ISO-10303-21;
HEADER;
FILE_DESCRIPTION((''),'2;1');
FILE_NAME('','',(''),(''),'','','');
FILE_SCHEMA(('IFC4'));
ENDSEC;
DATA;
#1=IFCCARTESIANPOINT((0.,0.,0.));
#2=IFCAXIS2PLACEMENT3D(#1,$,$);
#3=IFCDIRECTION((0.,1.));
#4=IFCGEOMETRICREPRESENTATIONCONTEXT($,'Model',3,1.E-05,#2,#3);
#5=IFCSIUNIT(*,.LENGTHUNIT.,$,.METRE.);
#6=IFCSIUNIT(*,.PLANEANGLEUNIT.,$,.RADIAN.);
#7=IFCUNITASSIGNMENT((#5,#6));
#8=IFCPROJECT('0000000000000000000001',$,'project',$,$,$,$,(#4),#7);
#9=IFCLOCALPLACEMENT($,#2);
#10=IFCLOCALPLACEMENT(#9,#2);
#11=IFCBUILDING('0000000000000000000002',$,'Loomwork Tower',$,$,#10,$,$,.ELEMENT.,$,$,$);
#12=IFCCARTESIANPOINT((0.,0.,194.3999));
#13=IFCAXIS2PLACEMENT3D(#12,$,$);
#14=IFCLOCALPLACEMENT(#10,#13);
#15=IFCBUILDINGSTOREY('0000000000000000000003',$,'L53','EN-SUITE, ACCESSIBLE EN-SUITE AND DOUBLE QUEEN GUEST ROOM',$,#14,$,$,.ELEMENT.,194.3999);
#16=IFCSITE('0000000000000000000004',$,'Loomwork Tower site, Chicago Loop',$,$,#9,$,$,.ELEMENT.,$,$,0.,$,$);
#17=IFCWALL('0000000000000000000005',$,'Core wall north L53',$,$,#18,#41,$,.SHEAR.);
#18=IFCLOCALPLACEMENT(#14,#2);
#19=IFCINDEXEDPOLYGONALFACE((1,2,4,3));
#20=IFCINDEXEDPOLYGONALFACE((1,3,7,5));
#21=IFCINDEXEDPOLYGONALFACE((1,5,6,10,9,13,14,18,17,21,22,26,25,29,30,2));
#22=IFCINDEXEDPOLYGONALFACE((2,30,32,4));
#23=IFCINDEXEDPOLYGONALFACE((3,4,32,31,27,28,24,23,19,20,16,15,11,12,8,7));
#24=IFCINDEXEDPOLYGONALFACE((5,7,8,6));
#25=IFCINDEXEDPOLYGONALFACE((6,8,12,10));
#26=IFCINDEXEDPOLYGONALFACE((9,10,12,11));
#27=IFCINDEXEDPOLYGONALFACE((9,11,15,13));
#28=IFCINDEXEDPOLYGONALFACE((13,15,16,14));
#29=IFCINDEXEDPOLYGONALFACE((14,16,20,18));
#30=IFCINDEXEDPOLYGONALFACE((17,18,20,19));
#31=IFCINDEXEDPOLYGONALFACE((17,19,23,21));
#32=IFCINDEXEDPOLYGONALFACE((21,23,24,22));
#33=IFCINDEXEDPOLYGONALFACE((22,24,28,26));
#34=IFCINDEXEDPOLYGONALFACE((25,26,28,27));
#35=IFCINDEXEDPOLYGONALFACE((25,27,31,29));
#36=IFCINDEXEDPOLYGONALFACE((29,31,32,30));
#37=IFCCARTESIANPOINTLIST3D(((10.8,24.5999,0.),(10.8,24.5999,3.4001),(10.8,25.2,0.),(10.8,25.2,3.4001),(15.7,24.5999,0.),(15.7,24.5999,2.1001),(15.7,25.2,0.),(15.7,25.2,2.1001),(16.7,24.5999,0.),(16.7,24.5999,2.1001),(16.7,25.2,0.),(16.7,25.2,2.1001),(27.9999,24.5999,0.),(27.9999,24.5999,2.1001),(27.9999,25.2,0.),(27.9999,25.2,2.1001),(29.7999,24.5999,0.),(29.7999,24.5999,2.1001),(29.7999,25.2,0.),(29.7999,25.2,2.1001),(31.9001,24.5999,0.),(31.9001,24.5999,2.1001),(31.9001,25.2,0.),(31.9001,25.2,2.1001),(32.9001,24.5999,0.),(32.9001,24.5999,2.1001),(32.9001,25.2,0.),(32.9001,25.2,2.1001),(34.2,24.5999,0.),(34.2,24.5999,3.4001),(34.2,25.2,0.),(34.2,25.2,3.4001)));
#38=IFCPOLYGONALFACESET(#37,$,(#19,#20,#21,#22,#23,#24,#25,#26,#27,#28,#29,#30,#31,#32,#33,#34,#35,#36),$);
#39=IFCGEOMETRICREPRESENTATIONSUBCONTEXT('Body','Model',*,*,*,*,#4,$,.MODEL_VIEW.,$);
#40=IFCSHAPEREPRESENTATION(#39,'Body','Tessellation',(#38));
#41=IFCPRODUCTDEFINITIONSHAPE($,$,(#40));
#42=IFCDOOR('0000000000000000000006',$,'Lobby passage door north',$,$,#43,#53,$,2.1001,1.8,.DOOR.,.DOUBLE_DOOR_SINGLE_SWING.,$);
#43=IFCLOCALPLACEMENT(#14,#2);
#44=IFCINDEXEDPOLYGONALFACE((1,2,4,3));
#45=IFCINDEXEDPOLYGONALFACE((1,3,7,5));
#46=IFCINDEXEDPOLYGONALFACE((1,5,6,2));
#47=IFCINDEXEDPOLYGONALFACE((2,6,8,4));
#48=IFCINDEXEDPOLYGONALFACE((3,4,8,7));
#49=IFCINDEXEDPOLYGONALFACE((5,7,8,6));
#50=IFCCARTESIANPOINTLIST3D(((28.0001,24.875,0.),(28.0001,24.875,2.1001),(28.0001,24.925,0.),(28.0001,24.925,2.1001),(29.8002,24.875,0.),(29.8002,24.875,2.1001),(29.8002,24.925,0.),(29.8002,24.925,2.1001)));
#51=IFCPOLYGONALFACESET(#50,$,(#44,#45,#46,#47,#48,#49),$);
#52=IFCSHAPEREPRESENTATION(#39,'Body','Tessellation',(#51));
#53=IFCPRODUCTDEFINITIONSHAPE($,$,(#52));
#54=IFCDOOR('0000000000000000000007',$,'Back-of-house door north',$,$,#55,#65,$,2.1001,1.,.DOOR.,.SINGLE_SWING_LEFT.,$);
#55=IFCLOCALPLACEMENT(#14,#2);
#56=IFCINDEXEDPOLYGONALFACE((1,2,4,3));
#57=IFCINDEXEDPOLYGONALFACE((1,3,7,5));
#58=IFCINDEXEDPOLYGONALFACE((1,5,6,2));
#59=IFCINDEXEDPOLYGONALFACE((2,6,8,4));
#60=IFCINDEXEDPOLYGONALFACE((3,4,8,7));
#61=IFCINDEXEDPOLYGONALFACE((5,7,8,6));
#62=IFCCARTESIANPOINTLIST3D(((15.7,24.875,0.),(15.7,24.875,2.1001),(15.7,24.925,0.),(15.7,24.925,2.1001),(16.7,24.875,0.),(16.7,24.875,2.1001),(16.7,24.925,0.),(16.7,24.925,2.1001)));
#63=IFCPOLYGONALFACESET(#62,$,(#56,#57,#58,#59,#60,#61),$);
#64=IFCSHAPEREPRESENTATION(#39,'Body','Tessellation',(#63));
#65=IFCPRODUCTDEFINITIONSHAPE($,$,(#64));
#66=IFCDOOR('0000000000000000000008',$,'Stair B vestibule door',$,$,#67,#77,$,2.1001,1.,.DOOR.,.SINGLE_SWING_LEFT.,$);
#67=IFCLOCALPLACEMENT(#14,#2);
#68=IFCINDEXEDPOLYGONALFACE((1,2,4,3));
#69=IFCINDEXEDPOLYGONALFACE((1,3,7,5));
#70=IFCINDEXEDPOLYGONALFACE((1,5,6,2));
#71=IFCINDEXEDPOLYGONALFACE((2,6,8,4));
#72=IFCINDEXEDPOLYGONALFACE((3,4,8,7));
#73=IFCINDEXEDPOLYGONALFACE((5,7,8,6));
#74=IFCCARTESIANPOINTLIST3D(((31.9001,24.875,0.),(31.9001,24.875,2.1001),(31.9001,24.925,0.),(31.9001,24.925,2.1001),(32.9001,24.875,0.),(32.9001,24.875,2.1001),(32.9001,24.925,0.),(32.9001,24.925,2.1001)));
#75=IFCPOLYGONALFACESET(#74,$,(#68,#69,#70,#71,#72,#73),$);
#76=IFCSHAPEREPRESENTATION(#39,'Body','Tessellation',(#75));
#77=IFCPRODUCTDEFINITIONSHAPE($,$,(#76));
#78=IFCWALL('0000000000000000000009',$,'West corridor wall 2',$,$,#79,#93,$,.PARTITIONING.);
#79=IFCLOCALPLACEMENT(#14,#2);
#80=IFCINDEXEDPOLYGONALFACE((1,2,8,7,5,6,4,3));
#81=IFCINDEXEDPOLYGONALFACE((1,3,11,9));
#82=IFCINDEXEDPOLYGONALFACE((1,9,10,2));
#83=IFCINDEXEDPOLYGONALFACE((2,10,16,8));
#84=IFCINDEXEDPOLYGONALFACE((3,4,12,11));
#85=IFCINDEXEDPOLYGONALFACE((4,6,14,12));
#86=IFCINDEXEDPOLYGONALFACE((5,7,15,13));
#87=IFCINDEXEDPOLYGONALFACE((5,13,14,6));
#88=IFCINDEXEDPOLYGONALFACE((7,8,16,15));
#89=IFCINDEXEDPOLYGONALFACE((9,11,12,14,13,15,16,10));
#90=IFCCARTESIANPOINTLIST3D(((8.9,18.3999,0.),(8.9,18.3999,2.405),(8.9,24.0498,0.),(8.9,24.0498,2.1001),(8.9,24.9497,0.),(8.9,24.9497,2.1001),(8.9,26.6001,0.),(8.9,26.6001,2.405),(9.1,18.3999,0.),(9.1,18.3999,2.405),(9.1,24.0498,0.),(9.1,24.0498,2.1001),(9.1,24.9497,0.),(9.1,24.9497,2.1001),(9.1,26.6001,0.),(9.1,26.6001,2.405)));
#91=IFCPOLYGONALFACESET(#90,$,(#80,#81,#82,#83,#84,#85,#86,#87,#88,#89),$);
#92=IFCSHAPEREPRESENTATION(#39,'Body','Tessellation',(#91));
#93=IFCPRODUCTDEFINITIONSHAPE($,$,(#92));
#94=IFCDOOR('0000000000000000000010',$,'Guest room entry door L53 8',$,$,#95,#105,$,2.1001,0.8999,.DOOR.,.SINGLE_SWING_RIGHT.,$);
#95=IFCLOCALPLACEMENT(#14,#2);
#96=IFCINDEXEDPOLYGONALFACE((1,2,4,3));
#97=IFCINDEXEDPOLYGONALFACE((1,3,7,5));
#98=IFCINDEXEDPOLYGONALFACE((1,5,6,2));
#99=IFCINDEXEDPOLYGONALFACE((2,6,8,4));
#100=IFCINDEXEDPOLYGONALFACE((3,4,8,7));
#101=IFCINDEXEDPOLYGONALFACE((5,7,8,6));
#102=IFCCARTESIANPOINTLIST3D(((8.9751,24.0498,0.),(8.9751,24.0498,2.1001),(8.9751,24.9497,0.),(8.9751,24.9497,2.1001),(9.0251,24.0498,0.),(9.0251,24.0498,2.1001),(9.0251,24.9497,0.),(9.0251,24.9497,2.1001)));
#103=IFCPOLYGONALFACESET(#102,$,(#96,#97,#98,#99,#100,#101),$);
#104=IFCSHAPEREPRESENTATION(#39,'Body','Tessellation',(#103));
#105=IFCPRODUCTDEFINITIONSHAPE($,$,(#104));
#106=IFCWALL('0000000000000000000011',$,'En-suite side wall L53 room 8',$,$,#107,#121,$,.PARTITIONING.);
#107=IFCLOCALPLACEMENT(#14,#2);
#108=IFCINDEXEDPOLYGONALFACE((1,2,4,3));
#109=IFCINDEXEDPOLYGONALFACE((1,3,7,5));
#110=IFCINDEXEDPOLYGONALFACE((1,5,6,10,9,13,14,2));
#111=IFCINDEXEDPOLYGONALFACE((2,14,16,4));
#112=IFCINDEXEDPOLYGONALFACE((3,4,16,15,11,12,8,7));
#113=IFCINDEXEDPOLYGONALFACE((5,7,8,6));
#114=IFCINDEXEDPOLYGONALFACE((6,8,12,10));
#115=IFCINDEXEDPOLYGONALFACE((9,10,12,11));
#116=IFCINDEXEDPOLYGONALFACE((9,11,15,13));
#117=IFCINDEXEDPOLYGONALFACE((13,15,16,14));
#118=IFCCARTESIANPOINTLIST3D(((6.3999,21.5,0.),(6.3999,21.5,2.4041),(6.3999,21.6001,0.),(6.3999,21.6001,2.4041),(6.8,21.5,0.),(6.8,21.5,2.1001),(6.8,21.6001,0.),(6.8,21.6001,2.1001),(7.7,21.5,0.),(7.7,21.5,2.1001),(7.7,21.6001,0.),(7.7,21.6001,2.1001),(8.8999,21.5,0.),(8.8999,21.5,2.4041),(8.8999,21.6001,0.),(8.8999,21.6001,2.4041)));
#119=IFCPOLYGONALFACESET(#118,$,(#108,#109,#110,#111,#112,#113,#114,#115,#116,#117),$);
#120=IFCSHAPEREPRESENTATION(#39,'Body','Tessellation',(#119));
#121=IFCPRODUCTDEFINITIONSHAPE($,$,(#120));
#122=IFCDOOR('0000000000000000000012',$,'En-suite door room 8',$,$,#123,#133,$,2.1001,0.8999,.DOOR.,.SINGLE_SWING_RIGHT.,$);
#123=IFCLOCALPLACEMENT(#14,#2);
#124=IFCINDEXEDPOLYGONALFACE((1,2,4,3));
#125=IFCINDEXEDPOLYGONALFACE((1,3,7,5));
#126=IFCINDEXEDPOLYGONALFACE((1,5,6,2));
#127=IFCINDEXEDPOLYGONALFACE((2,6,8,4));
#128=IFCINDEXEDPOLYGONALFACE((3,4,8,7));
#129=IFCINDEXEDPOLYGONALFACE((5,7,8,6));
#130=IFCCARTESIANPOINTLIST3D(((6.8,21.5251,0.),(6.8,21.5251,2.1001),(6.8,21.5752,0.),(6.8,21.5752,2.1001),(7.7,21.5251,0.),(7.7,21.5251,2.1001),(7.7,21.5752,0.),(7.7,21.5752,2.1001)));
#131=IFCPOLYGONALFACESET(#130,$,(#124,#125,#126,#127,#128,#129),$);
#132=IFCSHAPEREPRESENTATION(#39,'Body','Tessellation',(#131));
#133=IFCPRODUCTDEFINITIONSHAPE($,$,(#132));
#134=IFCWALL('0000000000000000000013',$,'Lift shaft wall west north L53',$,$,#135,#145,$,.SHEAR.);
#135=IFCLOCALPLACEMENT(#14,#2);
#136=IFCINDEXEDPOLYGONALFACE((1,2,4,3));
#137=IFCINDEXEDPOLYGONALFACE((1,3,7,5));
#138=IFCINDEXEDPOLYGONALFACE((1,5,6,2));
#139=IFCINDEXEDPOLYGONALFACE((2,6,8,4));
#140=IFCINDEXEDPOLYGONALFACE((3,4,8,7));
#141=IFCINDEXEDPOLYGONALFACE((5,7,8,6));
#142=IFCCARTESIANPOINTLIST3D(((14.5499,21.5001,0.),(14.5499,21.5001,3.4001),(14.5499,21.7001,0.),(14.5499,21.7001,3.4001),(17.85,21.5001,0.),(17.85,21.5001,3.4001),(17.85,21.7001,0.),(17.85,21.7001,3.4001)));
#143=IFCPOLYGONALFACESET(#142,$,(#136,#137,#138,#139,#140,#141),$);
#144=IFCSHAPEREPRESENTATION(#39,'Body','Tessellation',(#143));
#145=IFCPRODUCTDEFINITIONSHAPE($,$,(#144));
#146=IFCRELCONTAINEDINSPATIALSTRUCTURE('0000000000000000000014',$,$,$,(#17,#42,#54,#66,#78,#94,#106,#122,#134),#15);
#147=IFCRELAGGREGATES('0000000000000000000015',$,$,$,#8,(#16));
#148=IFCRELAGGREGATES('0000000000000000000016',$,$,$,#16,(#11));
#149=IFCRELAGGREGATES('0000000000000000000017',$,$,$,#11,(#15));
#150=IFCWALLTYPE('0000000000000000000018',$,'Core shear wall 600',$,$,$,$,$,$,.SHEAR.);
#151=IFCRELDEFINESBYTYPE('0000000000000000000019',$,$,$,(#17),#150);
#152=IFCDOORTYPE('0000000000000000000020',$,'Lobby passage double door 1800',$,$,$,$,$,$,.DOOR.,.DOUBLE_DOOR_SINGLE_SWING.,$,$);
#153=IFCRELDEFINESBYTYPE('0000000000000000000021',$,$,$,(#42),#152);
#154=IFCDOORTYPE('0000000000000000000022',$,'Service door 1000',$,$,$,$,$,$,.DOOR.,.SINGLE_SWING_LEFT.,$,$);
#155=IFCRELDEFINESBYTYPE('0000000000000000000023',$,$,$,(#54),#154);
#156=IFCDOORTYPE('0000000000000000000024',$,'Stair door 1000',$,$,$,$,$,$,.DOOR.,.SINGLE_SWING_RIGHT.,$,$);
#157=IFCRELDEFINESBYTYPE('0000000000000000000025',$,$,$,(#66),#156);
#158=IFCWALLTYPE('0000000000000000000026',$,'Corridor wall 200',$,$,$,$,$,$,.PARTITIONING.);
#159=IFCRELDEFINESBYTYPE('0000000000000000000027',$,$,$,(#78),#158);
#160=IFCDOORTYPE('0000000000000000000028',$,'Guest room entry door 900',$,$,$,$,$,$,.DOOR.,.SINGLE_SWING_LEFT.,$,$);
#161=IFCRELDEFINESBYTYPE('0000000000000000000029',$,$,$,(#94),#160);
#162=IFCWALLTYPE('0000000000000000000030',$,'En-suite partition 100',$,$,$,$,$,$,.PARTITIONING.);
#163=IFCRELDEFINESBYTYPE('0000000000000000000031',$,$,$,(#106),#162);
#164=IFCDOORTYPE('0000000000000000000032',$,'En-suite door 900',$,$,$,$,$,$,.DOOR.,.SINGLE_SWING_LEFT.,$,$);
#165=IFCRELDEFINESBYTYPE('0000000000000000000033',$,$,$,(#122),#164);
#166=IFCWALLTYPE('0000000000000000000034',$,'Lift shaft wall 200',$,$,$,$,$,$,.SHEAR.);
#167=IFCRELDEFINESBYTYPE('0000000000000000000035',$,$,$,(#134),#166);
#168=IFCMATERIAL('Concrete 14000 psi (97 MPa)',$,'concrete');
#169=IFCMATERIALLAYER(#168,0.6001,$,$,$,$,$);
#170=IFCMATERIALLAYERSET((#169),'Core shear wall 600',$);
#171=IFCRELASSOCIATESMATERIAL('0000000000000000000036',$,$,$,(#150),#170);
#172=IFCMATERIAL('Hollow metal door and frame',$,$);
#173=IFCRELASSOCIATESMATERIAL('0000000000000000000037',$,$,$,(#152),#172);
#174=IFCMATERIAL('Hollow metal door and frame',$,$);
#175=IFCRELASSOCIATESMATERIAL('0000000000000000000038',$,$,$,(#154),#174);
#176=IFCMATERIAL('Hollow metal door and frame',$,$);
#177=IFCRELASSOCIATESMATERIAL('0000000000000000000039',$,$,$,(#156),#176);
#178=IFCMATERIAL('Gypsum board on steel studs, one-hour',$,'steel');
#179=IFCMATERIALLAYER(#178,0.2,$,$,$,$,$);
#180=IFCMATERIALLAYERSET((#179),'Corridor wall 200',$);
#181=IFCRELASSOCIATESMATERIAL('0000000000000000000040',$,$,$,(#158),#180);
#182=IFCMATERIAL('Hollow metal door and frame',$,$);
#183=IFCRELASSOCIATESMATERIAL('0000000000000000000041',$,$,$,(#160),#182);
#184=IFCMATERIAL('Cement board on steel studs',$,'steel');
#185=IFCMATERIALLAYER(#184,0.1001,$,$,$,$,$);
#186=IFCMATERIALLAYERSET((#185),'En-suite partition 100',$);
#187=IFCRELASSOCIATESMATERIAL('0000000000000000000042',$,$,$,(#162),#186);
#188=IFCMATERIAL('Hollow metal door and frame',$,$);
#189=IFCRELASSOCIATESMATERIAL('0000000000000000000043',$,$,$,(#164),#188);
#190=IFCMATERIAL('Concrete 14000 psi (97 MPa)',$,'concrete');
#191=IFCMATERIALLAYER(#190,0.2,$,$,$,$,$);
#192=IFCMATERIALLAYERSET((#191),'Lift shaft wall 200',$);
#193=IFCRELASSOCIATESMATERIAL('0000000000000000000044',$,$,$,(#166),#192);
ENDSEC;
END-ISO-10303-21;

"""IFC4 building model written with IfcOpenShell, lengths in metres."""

from ifc_helpers import new_model, si_unit, direction, frame, frame_2d, origin, place, context, subcontext, project, spatial, rectangle, extrude, material, layer, layer_set, type_object, element, fill, save


model = new_model("IFC4")

# Units and contexts
model_context = context("Model", 3, precision=1e-05, world=origin(), true_north=direction((0.0, 1.0)))
body_context = subcontext(model_context, "Body", "Model", "MODEL_VIEW")
ifc_project = project(units=[si_unit("LENGTHUNIT", "METRE"), si_unit("PLANEANGLEUNIT", "RADIAN")], contexts=[model_context])

# Site, building, storey
site_placement = place(None, origin())
site = spatial("IfcSite", under=ifc_project, at=site_placement, Name="Loomwork Tower site, Chicago Loop", CompositionType="ELEMENT", RefElevation=0.0)
building_placement = place(site_placement, origin())
building = spatial("IfcBuilding", under=site, at=building_placement, Name="Loomwork Tower", CompositionType="ELEMENT")
storey_placement = place(building_placement, frame((0.0, 0.0, 194.3999)))
storey = spatial("IfcBuildingStorey", under=building, at=storey_placement, Name="L53", Description="EN-SUITE, ACCESSIBLE EN-SUITE AND DOUBLE QUEEN GUEST ROOM", CompositionType="ELEMENT", Elevation=194.3999)

# Wall, openings, doors
ifc_material_1 = material(Name="Concrete 14000 psi (97 MPa)", Category="concrete")
ifc_layer_1 = layer(ifc_material_1, 0.6001)
ifc_layer_set_1 = layer_set([ifc_layer_1], Name="Core shear wall 600")
wall_type_1 = type_object("IfcWallType", Name="Core shear wall 600", PredefinedType="SHEAR", material=ifc_layer_set_1)
wall_1_placement = place(storey_placement, frame((10.8, 24.8999, 0.0), z_axis=(0.0, 0.0, 1.0), x_axis=(1.0, 0.0, 0.0)))
wall_1 = element("IfcWall", 1, at=wall_1_placement, inside=storey, type_object=wall_type_1, Name="Core wall north L53", PredefinedType="SHEAR", context=body_context, shape_type="SweptSolid", body=[
    extrude(rectangle(XDim=23.3999, YDim=0.6001, at=frame_2d((11.7, 0.0))), origin(), (0.0, 0.0, 1.0), 3.4001),
])
opening_1_placement = place(wall_1_placement, frame((17.2, 0.0, 0.0)))
opening_1 = element("IfcOpeningElement", 2, at=opening_1_placement, cuts=wall_1, PredefinedType="OPENING", context=body_context, shape_type="SweptSolid", body=[
    extrude(rectangle(XDim=1.8, YDim=2.1001, at=frame_2d((0.8999, 1.05))), frame((0.0, 0.3101, 0.0), z_axis=(0.0, -1.0, 0.0), x_axis=(1.0, 0.0, 0.0)), (0.0, 0.0, 1.0), 0.6201),
])
opening_2_placement = place(wall_1_placement, frame((21.1001, 0.0, 0.0)))
opening_2 = element("IfcOpeningElement", 3, at=opening_2_placement, cuts=wall_1, PredefinedType="OPENING", context=body_context, shape_type="SweptSolid", body=[
    extrude(rectangle(XDim=1.0, YDim=2.1001, at=frame_2d((0.5, 1.05))), frame((0.0, 0.3101, 0.0), z_axis=(0.0, -1.0, 0.0), x_axis=(1.0, 0.0, 0.0)), (0.0, 0.0, 1.0), 0.6201),
])
opening_3_placement = place(wall_1_placement, frame((4.8999, 0.0, 0.0)))
opening_3 = element("IfcOpeningElement", 4, at=opening_3_placement, cuts=wall_1, PredefinedType="OPENING", context=body_context, shape_type="SweptSolid", body=[
    extrude(rectangle(XDim=1.0, YDim=2.1001, at=frame_2d((0.5, 1.05))), frame((0.0, 0.3101, 0.0), z_axis=(0.0, -1.0, 0.0), x_axis=(1.0, 0.0, 0.0)), (0.0, 0.0, 1.0), 0.6201),
])
ifc_material_2 = material(Name="Hollow metal door and frame")
door_type_1 = type_object("IfcDoorType", Name="Lobby passage double door 1800", OperationType="DOUBLE_DOOR_SINGLE_SWING", PredefinedType="DOOR", material=ifc_material_2)
door_1_placement = place(opening_1_placement, frame((1.8, 0.0, 0.0), z_axis=(0.0, 0.0, 1.0), x_axis=(-1.0, 0.0, 0.0)))
door_1 = element("IfcDoor", 5, at=door_1_placement, inside=storey, type_object=door_type_1, Name="Lobby passage door north", OperationType="DOUBLE_DOOR_SINGLE_SWING", OverallHeight=2.1001, OverallWidth=1.8, PredefinedType="DOOR", context=body_context, shape_type="SweptSolid", body=[
    extrude(rectangle(XDim=1.8, YDim=2.1001, at=frame_2d((0.8999, 1.05))), frame((0.0, 0.0249, 0.0), z_axis=(0.0, -1.0, 0.0), x_axis=(1.0, 0.0, 0.0)), (0.0, 0.0, 1.0), 0.05),
])
fill(opening_1, door_1)
ifc_material_3 = material(Name="Hollow metal door and frame")
door_type_2 = type_object("IfcDoorType", Name="Service door 1000", OperationType="SINGLE_SWING_LEFT", PredefinedType="DOOR", material=ifc_material_3)
door_2_placement = place(opening_3_placement, frame((1.0, 0.0, 0.0), z_axis=(0.0, 0.0, 1.0), x_axis=(-1.0, 0.0, 0.0)))
door_2 = element("IfcDoor", 6, at=door_2_placement, inside=storey, type_object=door_type_2, Name="Back-of-house door north", OperationType="SINGLE_SWING_LEFT", OverallHeight=2.1001, OverallWidth=1.0, PredefinedType="DOOR", context=body_context, shape_type="SweptSolid", body=[
    extrude(rectangle(XDim=1.0, YDim=2.1001, at=frame_2d((0.5, 1.05))), frame((0.0, 0.0249, 0.0), z_axis=(0.0, -1.0, 0.0), x_axis=(1.0, 0.0, 0.0)), (0.0, 0.0, 1.0), 0.05),
])
fill(opening_3, door_2)
ifc_material_4 = material(Name="Hollow metal door and frame")
door_type_3 = type_object("IfcDoorType", Name="Stair door 1000", OperationType="SINGLE_SWING_RIGHT", PredefinedType="DOOR", material=ifc_material_4)
door_3_placement = place(opening_2_placement, frame((1.0, 0.0, 0.0), z_axis=(0.0, 0.0, 1.0), x_axis=(-1.0, 0.0, 0.0)))
door_3 = element("IfcDoor", 7, at=door_3_placement, inside=storey, type_object=door_type_3, Name="Stair B vestibule door", OperationType="SINGLE_SWING_LEFT", OverallHeight=2.1001, OverallWidth=1.0, PredefinedType="DOOR", context=body_context, shape_type="SweptSolid", body=[
    extrude(rectangle(XDim=1.0, YDim=2.1001, at=frame_2d((0.5, 1.05))), frame((0.0, 0.0249, 0.0), z_axis=(0.0, -1.0, 0.0), x_axis=(1.0, 0.0, 0.0)), (0.0, 0.0, 1.0), 0.05),
])
fill(opening_2, door_3)

# Walls, openings, doors
ifc_material_5 = material(Name="Gypsum board on steel studs, one-hour", Category="steel")
ifc_layer_2 = layer(ifc_material_5, 0.2)
ifc_layer_set_2 = layer_set([ifc_layer_2], Name="Corridor wall 200")
wall_type_2 = type_object("IfcWallType", Name="Corridor wall 200", PredefinedType="PARTITIONING", material=ifc_layer_set_2)
wall_2_placement = place(storey_placement, frame((9.0, 18.3999, 0.0), z_axis=(0.0, 0.0, 1.0), x_axis=(0.0, 1.0, 0.0)))
wall_2 = element("IfcWall", 8, at=wall_2_placement, inside=storey, type_object=wall_type_2, Name="West corridor wall 2", PredefinedType="PARTITIONING", context=body_context, shape_type="SweptSolid", body=[
    extrude(rectangle(XDim=8.2002, YDim=0.2, at=frame_2d((4.1001, 0.0))), origin(), (0.0, 0.0, 1.0), 2.405),
])
opening_4_placement = place(wall_2_placement, frame((5.6499, 0.0, 0.0)))
opening_4 = element("IfcOpeningElement", 9, at=opening_4_placement, cuts=wall_2, PredefinedType="OPENING", context=body_context, shape_type="SweptSolid", body=[
    extrude(rectangle(XDim=0.8999, YDim=2.1001, at=frame_2d((0.45, 1.05))), frame((0.0, 0.1099, 0.0), z_axis=(0.0, -1.0, 0.0), x_axis=(1.0, 0.0, 0.0)), (0.0, 0.0, 1.0), 0.22),
])
ifc_material_6 = material(Name="Hollow metal door and frame")
door_type_4 = type_object("IfcDoorType", Name="Guest room entry door 900", OperationType="SINGLE_SWING_LEFT", PredefinedType="DOOR", material=ifc_material_6)
door_4_placement = place(opening_4_placement, origin())
door_4 = element("IfcDoor", 10, at=door_4_placement, inside=storey, type_object=door_type_4, Name="Guest room entry door L53 8", OperationType="SINGLE_SWING_RIGHT", OverallHeight=2.1001, OverallWidth=0.8999, PredefinedType="DOOR", context=body_context, shape_type="SweptSolid", body=[
    extrude(rectangle(XDim=0.8999, YDim=2.1001, at=frame_2d((0.45, 1.05))), frame((0.0, 0.0249, 0.0), z_axis=(0.0, -1.0, 0.0), x_axis=(1.0, 0.0, 0.0)), (0.0, 0.0, 1.0), 0.05),
])
fill(opening_4, door_4)
ifc_material_7 = material(Name="Cement board on steel studs", Category="steel")
ifc_layer_3 = layer(ifc_material_7, 0.1001)
ifc_layer_set_3 = layer_set([ifc_layer_3], Name="En-suite partition 100")
wall_type_3 = type_object("IfcWallType", Name="En-suite partition 100", PredefinedType="PARTITIONING", material=ifc_layer_set_3)
wall_3_placement = place(storey_placement, frame((8.8999, 21.55, 0.0), z_axis=(0.0, 0.0, 1.0), x_axis=(-1.0, 0.0, 0.0)))
wall_3 = element("IfcWall", 11, at=wall_3_placement, inside=storey, type_object=wall_type_3, Name="En-suite side wall L53 room 8", PredefinedType="PARTITIONING", context=body_context, shape_type="SweptSolid", body=[
    extrude(rectangle(XDim=2.5, YDim=0.1001, at=frame_2d((1.25, 0.0))), origin(), (0.0, 0.0, 1.0), 2.4041),
])
opening_5_placement = place(wall_3_placement, frame((1.2, 0.0, 0.0)))
opening_5 = element("IfcOpeningElement", 12, at=opening_5_placement, cuts=wall_3, PredefinedType="OPENING", context=body_context, shape_type="SweptSolid", body=[
    extrude(rectangle(XDim=0.8999, YDim=2.1001, at=frame_2d((0.45, 1.05))), frame((0.0, 0.0601, 0.0), z_axis=(0.0, -1.0, 0.0), x_axis=(1.0, 0.0, 0.0)), (0.0, 0.0, 1.0), 0.1201),
])
ifc_material_8 = material(Name="Hollow metal door and frame")
door_type_5 = type_object("IfcDoorType", Name="En-suite door 900", OperationType="SINGLE_SWING_LEFT", PredefinedType="DOOR", material=ifc_material_8)
door_5_placement = place(opening_5_placement, origin())
door_5 = element("IfcDoor", 13, at=door_5_placement, inside=storey, type_object=door_type_5, Name="En-suite door room 8", OperationType="SINGLE_SWING_RIGHT", OverallHeight=2.1001, OverallWidth=0.8999, PredefinedType="DOOR", context=body_context, shape_type="SweptSolid", body=[
    extrude(rectangle(XDim=0.8999, YDim=2.1001, at=frame_2d((0.45, 1.05))), frame((0.0, 0.0249, 0.0), z_axis=(0.0, -1.0, 0.0), x_axis=(1.0, 0.0, 0.0)), (0.0, 0.0, 1.0), 0.05),
])
fill(opening_5, door_5)

# Wall
ifc_material_9 = material(Name="Concrete 14000 psi (97 MPa)", Category="concrete")
ifc_layer_4 = layer(ifc_material_9, 0.2)
ifc_layer_set_4 = layer_set([ifc_layer_4], Name="Lift shaft wall 200")
wall_type_4 = type_object("IfcWallType", Name="Lift shaft wall 200", PredefinedType="SHEAR", material=ifc_layer_set_4)
wall_4_placement = place(storey_placement, frame((14.55, 21.6001, 0.0), z_axis=(0.0, 0.0, 1.0), x_axis=(1.0, 0.0, 0.0)))
element("IfcWall", 14, at=wall_4_placement, inside=storey, type_object=wall_type_4, Name="Lift shaft wall west north L53", PredefinedType="SHEAR", context=body_context, shape_type="SweptSolid", body=[
    extrude(rectangle(XDim=3.3, YDim=0.2, at=frame_2d((1.6499, 0.0))), origin(), (0.0, 0.0, 1.0), 3.4001),
])

save(model, "model.ifc")
